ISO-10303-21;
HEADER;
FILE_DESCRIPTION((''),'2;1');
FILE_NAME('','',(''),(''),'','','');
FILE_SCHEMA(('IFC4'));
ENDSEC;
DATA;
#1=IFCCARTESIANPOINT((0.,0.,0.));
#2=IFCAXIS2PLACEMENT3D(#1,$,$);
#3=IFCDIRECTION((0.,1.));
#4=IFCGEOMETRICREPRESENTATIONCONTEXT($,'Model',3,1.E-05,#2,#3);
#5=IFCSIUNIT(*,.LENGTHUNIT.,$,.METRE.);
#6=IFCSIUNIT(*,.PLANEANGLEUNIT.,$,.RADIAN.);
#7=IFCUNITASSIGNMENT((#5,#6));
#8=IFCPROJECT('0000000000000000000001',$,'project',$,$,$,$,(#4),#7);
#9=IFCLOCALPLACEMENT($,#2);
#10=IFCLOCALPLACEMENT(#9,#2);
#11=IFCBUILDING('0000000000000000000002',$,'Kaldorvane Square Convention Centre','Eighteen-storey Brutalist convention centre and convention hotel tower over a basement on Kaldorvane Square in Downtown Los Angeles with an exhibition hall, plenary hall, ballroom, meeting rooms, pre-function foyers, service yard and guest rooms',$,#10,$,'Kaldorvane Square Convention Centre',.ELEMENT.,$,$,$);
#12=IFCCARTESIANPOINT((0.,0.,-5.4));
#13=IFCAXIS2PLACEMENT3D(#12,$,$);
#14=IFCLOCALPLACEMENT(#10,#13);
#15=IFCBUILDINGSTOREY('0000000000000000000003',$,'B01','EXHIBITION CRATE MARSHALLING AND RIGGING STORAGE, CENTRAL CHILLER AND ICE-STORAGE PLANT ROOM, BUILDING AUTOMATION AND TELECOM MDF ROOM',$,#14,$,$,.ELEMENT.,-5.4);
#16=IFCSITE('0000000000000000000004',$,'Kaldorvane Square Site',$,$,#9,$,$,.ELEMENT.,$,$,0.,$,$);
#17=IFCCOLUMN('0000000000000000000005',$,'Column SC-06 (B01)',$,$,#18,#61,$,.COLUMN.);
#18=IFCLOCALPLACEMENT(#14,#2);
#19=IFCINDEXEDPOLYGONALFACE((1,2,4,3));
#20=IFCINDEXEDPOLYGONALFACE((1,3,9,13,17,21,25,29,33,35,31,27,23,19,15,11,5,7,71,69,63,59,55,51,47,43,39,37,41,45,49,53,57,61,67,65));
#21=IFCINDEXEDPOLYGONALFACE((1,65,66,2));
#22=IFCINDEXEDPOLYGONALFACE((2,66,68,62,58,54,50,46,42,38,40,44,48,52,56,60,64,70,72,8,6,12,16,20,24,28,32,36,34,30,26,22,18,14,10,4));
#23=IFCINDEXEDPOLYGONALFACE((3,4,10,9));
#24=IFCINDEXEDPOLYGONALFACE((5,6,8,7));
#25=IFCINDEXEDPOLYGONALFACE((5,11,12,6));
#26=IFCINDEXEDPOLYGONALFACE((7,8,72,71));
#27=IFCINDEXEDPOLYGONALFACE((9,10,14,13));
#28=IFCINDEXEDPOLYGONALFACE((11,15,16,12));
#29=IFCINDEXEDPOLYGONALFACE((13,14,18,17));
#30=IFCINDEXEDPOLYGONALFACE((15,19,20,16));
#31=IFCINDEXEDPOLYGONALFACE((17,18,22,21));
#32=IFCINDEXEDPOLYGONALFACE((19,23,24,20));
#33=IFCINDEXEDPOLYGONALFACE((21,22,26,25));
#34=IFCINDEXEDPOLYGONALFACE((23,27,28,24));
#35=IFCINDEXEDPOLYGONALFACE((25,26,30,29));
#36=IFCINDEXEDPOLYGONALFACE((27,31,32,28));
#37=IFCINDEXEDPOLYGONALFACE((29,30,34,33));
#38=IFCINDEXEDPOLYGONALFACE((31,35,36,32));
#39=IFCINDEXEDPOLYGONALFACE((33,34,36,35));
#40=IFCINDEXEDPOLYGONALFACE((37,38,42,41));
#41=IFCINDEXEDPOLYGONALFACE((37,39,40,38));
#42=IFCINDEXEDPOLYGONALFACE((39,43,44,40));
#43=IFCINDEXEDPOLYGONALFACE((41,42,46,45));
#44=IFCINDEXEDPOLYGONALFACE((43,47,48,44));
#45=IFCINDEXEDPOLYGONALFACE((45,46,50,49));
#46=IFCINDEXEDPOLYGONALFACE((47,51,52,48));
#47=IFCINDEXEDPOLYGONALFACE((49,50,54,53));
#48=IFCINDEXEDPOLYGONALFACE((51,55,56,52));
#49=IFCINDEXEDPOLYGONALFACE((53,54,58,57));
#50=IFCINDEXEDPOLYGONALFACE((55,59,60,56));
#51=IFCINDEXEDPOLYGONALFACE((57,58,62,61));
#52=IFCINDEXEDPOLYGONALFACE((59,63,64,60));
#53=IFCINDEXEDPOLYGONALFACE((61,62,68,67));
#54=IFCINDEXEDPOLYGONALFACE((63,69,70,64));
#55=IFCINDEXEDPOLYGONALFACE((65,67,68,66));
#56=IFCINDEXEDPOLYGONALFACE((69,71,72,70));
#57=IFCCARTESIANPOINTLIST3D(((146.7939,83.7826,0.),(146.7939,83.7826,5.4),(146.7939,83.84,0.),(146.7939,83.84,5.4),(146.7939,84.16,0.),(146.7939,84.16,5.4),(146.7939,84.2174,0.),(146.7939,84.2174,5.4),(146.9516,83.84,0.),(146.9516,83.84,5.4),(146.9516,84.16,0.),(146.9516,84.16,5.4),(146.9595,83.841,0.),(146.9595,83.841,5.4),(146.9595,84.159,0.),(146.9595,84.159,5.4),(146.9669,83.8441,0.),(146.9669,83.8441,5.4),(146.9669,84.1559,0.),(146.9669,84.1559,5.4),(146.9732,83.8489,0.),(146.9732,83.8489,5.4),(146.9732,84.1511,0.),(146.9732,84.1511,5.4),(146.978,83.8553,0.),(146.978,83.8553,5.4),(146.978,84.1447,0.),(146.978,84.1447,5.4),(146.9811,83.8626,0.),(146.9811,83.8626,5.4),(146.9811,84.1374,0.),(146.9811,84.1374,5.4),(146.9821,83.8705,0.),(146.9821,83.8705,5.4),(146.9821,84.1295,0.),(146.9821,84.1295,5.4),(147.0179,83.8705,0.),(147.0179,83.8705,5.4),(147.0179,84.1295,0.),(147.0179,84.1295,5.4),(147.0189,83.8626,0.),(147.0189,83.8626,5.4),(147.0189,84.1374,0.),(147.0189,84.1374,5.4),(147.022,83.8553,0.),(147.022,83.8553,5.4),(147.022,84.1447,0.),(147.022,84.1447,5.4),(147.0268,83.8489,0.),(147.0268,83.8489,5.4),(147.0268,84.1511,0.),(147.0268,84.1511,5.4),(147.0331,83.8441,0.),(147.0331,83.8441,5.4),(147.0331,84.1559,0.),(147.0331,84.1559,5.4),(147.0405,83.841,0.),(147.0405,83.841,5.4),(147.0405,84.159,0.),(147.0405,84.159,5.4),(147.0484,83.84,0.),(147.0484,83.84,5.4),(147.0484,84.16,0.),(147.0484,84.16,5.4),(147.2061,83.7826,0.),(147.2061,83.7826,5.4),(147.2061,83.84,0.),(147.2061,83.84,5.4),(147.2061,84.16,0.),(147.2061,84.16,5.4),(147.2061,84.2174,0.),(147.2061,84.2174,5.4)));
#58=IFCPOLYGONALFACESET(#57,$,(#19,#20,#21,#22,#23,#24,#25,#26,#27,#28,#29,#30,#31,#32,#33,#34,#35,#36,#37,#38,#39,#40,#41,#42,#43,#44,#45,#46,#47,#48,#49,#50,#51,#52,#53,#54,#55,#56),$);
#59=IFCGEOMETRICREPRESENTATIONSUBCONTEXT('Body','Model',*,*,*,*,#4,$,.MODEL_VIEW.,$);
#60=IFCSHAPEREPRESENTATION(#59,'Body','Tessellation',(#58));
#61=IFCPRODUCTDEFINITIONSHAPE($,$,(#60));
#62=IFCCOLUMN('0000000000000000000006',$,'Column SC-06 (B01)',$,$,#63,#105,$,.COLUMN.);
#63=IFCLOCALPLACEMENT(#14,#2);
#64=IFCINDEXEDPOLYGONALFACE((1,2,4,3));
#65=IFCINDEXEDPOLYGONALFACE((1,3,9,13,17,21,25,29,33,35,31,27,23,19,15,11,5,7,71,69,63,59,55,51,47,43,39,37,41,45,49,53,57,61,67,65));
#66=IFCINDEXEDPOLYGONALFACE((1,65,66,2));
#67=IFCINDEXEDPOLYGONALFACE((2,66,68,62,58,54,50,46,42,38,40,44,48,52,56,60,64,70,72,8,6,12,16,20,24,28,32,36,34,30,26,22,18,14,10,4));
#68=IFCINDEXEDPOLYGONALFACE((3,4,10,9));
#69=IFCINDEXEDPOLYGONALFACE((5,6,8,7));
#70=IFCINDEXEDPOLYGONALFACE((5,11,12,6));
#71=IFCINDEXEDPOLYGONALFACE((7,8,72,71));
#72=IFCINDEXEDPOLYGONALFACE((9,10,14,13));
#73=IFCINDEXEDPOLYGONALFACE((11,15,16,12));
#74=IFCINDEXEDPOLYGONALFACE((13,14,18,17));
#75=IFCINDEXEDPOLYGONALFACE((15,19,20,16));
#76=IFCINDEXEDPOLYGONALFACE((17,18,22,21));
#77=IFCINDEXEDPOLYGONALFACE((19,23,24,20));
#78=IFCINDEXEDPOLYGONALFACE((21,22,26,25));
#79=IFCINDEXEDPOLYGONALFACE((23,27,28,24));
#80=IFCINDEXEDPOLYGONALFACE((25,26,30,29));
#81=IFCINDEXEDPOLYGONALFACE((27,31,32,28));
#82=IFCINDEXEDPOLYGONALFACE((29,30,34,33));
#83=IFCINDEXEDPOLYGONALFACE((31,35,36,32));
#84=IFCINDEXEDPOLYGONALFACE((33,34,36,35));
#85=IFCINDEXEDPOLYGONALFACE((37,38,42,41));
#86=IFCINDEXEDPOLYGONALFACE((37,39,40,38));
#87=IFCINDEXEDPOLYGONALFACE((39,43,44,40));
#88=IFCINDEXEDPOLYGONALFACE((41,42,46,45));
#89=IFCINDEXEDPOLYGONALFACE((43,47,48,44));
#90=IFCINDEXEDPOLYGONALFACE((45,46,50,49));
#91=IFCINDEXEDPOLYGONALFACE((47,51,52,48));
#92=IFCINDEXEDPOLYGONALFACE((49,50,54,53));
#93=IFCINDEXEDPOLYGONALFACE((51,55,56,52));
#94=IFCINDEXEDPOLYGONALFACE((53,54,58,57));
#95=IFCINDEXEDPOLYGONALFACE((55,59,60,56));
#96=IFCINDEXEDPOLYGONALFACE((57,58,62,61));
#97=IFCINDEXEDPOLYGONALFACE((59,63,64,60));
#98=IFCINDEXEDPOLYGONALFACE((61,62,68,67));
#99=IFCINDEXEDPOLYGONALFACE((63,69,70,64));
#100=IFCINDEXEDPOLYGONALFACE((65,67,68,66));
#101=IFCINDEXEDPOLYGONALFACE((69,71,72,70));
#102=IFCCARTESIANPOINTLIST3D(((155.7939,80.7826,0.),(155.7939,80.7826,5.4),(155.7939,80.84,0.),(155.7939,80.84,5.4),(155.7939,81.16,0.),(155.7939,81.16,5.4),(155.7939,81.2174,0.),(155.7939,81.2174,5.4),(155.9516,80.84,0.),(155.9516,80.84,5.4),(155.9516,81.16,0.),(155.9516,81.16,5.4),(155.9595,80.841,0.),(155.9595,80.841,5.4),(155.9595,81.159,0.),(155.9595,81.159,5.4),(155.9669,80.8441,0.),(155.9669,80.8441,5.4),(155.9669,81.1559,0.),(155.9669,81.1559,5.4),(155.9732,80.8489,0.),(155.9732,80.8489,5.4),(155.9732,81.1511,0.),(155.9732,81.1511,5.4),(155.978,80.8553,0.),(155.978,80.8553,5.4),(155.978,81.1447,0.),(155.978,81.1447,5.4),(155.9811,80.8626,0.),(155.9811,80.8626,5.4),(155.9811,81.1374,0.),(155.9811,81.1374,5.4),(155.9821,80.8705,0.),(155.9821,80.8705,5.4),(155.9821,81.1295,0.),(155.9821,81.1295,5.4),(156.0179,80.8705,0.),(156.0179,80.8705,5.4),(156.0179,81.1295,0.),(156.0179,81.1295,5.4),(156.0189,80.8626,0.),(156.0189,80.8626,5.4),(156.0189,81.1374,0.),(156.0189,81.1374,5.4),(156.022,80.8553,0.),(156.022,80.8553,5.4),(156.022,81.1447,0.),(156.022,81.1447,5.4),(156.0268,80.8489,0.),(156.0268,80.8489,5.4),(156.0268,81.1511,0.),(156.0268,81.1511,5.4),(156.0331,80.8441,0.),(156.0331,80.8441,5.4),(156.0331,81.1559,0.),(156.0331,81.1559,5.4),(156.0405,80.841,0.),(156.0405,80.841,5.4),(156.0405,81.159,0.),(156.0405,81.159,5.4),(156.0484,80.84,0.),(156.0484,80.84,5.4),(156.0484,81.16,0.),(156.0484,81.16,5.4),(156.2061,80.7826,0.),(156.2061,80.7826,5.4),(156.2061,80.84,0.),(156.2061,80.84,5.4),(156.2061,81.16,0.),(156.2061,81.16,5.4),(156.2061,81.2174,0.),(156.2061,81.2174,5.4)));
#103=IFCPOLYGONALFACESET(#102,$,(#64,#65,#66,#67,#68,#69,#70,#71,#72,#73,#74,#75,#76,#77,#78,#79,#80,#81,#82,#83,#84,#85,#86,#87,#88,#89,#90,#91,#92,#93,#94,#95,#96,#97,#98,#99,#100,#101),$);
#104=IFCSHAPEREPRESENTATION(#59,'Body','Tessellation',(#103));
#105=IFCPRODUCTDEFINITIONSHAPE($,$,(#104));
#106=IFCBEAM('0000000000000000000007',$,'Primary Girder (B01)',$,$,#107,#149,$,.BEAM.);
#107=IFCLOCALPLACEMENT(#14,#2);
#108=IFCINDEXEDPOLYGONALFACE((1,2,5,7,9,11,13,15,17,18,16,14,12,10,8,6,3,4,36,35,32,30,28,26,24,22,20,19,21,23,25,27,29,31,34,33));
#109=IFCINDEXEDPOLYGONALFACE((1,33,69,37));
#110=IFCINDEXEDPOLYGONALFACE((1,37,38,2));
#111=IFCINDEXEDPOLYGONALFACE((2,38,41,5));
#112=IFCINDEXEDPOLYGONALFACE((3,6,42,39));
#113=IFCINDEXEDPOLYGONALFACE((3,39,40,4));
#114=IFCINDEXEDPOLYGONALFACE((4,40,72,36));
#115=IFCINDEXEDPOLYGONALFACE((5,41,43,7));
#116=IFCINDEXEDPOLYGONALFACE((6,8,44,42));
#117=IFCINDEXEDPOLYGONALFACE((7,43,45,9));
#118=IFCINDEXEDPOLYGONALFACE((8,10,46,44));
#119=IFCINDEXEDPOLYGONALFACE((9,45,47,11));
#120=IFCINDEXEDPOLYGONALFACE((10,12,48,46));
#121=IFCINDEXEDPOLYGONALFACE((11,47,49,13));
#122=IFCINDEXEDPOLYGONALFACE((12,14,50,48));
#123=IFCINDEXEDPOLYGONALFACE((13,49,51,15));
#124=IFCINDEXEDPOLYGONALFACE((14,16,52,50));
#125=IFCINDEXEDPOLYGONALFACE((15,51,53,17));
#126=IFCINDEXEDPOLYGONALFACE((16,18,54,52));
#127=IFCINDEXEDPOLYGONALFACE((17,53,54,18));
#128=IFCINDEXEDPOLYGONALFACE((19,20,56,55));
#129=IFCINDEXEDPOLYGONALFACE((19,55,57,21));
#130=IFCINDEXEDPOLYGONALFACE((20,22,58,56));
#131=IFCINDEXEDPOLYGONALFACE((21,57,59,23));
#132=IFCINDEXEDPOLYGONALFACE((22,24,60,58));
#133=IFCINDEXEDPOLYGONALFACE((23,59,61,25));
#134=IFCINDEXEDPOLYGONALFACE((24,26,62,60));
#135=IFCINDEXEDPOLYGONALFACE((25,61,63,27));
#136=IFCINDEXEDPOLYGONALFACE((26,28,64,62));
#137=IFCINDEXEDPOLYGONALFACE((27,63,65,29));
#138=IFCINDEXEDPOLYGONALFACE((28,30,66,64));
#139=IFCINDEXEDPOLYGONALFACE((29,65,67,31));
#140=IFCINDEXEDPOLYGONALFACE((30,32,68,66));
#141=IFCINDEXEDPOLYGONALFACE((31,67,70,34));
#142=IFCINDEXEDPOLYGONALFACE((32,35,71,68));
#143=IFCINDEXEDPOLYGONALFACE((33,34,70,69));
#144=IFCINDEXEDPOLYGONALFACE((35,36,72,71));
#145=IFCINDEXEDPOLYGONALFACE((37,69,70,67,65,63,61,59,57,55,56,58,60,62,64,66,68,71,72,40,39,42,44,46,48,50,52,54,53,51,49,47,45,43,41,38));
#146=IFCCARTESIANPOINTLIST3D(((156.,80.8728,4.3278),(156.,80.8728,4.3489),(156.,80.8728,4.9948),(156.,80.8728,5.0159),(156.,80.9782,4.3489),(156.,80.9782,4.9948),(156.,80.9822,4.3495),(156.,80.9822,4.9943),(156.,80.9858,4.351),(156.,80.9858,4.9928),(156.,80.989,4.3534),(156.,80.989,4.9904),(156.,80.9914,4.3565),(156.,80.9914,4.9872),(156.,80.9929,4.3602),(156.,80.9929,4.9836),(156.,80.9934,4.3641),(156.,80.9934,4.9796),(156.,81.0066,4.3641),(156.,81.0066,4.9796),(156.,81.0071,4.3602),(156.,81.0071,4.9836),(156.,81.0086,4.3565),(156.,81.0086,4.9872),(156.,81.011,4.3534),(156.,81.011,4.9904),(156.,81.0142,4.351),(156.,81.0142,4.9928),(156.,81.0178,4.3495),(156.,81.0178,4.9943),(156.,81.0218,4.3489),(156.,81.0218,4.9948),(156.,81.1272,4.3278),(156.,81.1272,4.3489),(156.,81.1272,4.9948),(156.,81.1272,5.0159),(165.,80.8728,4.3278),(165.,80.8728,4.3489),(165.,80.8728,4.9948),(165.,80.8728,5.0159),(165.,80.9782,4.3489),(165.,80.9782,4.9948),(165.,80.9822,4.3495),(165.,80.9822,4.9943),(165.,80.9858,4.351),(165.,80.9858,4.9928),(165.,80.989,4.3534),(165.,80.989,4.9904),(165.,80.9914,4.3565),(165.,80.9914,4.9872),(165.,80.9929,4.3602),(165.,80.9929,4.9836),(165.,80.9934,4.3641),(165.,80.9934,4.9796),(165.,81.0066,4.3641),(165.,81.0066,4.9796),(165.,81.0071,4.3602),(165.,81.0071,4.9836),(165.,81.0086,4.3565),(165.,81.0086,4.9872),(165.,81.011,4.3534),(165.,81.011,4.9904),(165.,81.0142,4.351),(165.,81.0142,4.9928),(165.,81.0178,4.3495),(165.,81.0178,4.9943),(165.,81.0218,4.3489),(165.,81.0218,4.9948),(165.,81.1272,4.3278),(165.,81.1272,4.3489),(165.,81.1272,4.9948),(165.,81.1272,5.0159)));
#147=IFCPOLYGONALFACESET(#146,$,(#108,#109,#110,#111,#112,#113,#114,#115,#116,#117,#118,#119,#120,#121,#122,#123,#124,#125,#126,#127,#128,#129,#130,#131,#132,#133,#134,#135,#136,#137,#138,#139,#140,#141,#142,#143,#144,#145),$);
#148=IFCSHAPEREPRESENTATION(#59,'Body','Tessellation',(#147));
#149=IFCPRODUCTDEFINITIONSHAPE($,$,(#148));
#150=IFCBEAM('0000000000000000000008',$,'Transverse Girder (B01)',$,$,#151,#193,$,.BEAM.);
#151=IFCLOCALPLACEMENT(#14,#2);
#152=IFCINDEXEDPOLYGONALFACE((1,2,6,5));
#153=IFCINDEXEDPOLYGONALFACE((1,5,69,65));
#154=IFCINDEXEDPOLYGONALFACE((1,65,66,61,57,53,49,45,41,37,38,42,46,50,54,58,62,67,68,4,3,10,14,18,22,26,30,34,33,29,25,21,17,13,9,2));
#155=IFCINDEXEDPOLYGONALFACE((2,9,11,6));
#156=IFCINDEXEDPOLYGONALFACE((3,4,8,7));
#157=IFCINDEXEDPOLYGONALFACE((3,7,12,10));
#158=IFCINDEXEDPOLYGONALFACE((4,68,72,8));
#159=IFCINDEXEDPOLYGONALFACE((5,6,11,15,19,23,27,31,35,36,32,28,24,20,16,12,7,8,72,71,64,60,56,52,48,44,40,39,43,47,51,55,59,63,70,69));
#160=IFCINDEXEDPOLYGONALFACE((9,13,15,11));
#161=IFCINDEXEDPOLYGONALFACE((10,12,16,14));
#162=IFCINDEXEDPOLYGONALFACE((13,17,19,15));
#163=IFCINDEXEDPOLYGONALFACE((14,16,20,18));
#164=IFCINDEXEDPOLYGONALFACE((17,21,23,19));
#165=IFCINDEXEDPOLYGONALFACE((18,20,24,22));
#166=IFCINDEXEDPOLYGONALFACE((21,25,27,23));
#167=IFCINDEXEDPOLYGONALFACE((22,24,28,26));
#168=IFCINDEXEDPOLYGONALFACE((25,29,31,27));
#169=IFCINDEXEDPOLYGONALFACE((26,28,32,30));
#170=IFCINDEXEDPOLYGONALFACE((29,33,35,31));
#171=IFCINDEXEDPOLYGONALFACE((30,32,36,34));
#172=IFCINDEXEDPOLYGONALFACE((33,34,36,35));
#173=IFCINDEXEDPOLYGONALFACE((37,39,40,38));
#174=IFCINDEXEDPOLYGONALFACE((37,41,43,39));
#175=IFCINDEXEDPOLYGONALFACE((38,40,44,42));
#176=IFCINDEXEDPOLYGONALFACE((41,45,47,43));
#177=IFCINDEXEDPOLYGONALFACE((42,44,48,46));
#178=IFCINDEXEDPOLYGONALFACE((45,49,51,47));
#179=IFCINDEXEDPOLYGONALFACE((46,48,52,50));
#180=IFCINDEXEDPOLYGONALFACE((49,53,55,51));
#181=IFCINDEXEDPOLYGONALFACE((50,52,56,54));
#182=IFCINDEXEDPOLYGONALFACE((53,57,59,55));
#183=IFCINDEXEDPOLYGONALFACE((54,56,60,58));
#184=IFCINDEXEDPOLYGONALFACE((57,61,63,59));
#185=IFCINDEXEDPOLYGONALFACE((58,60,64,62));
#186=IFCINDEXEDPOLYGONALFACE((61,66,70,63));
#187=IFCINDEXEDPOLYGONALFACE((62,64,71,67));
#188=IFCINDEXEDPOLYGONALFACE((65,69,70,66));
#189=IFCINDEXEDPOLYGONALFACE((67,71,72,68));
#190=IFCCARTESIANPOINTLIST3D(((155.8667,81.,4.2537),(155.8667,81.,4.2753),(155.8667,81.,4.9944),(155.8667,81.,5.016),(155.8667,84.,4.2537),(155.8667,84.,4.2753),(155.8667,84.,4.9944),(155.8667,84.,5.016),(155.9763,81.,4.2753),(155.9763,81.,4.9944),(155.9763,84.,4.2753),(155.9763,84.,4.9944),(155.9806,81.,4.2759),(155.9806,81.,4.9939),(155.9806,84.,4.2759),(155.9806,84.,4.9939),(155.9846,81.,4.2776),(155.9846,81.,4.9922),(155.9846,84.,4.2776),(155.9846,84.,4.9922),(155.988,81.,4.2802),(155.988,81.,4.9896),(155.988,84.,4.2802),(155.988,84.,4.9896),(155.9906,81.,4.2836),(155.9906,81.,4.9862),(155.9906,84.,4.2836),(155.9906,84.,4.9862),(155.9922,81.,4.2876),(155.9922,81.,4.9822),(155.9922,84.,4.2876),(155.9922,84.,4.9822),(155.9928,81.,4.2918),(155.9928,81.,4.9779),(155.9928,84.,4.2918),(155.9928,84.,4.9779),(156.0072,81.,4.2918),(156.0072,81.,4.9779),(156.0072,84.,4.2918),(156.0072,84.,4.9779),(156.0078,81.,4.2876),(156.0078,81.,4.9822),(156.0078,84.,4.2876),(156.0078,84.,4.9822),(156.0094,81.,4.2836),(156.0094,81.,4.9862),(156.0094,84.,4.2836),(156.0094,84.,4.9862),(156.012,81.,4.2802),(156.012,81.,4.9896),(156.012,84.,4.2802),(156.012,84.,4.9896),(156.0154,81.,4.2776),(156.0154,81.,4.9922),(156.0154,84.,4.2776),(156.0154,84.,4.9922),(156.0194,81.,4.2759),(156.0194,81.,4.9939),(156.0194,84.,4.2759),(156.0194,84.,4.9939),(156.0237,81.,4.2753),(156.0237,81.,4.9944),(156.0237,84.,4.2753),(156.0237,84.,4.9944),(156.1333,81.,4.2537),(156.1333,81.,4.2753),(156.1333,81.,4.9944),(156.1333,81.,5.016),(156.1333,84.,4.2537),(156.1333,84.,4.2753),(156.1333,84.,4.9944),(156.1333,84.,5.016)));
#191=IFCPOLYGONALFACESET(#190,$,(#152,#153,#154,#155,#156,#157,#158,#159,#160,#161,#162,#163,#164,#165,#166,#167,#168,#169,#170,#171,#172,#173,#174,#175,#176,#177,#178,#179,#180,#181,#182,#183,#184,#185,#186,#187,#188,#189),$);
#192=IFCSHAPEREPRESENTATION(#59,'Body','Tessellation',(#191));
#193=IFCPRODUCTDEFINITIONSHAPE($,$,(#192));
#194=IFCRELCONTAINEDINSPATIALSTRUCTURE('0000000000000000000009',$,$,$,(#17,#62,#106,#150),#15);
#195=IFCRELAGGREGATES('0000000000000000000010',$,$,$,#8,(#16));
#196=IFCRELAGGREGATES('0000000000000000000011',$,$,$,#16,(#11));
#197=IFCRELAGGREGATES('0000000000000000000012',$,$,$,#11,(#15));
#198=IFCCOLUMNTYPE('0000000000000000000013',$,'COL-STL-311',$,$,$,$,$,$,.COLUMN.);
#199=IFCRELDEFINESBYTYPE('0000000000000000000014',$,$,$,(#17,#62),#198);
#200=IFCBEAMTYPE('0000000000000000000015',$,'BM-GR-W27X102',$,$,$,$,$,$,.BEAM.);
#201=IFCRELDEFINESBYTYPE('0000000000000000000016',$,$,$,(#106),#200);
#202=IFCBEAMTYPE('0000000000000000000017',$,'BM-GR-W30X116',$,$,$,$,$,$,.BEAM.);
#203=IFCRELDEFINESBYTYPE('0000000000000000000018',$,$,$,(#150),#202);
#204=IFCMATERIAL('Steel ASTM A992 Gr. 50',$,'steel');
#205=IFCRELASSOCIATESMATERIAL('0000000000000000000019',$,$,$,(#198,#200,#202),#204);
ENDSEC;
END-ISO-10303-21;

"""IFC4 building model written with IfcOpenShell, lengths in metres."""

from ifc_helpers import new_model, si_unit, direction, frame, origin, origin_2d, place, context, subcontext, project, spatial, i_section, extrude, material, material_profile, profile_set, type_object, element, save


model = new_model("IFC4")

# Units and contexts
model_context = context("Model", 3, precision=1e-05, world=origin(), true_north=direction((0.0, 1.0)))
body_context = subcontext(model_context, "Body", "Model", "MODEL_VIEW")
ifc_project = project(units=[si_unit("LENGTHUNIT", "METRE"), si_unit("PLANEANGLEUNIT", "RADIAN")], contexts=[model_context])

# Site, building, storey
site_placement = place(None, origin())
site = spatial("IfcSite", under=ifc_project, at=site_placement, Name="Kaldorvane Square Site", CompositionType="ELEMENT", RefElevation=0.0)
building_placement = place(site_placement, origin())
building = spatial("IfcBuilding", under=site, at=building_placement, Name="Kaldorvane Square Convention Centre", Description="Eighteen-storey Brutalist convention centre and convention hotel tower over a basement on Kaldorvane Square in Downtown Los Angeles with an exhibition hall, plenary hall, ballroom, meeting rooms, pre-function foyers, service yard and guest rooms", LongName="Kaldorvane Square Convention Centre", CompositionType="ELEMENT")
storey_placement = place(building_placement, frame((0.0, 0.0, -5.4)))
storey = spatial("IfcBuildingStorey", under=building, at=storey_placement, Name="B01", Description="EXHIBITION CRATE MARSHALLING AND RIGGING STORAGE, CENTRAL CHILLER AND ICE-STORAGE PLANT ROOM, BUILDING AUTOMATION AND TELECOM MDF ROOM", CompositionType="ELEMENT", Elevation=-5.4)

# Columns
ifc_material_1 = material(Name="Steel ASTM A992 Gr. 50", Category="steel")
ifc_material_profile_1 = material_profile(ifc_material_1, i_section(OverallWidth=0.4122, OverallDepth=0.4348, WebThickness=0.0358, FlangeThickness=0.0574, FilletRadius=0.0305, at=origin_2d()), Name="W14X311")
ifc_profile_set_1 = profile_set([ifc_material_profile_1], Name="Steel ASTM A992 Gr. 50")
column_type = type_object("IfcColumnType", Name="COL-STL-311", PredefinedType="COLUMN", material=ifc_profile_set_1)
for number, where, z_axis, x_axis, name in (
    (1, (147.0, 84.0, 0.0), (0.0, 0.0, 1.0), (1.0, 0.0, 0.0), "Column SC-06 (B01)"),
    (2, (156.0, 81.0, 0.0), (0.0, 0.0, 1.0), (1.0, 0.0, 0.0), "Column SC-06 (B01)"),
):
    element("IfcColumn", number, at=place(storey_placement, frame(where, z_axis=z_axis, x_axis=x_axis)), inside=storey, type_object=column_type, Name=name, PredefinedType="COLUMN", context=body_context, shape_type="SweptSolid", body=[
        extrude(i_section(OverallWidth=0.4122, OverallDepth=0.4348, WebThickness=0.0358, FlangeThickness=0.0574, FilletRadius=0.0305, at=origin_2d()), origin(), (0.0, 0.0, 1.0), 5.4),
    ])

# Beams
ifc_material_profile_2 = material_profile(ifc_material_1, i_section(OverallWidth=0.2544, OverallDepth=0.6881, WebThickness=0.0131, FlangeThickness=0.0211, FilletRadius=0.0152, at=origin_2d()), Name="W27X102")
ifc_profile_set_2 = profile_set([ifc_material_profile_2], Name="Steel ASTM A992 Gr. 50")
beam_type_1 = type_object("IfcBeamType", Name="BM-GR-W27X102", PredefinedType="BEAM", material=ifc_profile_set_2)
beam_1_placement = place(storey_placement, frame((156.0, 81.0, 4.6719), z_axis=(1.0, 0.0, 0.0), x_axis=(0.0, 1.0, 0.0)))
element("IfcBeam", 3, at=beam_1_placement, inside=storey, type_object=beam_type_1, Name="Primary Girder (B01)", PredefinedType="BEAM", context=body_context, shape_type="SweptSolid", body=[
    extrude(i_section(OverallWidth=0.2544, OverallDepth=0.6881, WebThickness=0.0131, FlangeThickness=0.0211, FilletRadius=0.0152, at=origin_2d()), origin(), (0.0, 0.0, 1.0), 9.0),
])
ifc_material_profile_3 = material_profile(ifc_material_1, i_section(OverallWidth=0.2666, OverallDepth=0.7623, WebThickness=0.0144, FlangeThickness=0.0216, FilletRadius=0.0165, at=origin_2d()), Name="W30X116")
ifc_profile_set_3 = profile_set([ifc_material_profile_3], Name="Steel ASTM A992 Gr. 50")
beam_type_2 = type_object("IfcBeamType", Name="BM-GR-W30X116", PredefinedType="BEAM", material=ifc_profile_set_3)
beam_2_placement = place(storey_placement, frame((156.0, 81.0, 4.6349), z_axis=(0.0, 1.0, 0.0), x_axis=(-1.0, 0.0, 0.0)))
element("IfcBeam", 4, at=beam_2_placement, inside=storey, type_object=beam_type_2, Name="Transverse Girder (B01)", PredefinedType="BEAM", context=body_context, shape_type="SweptSolid", body=[
    extrude(i_section(OverallWidth=0.2666, OverallDepth=0.7623, WebThickness=0.0144, FlangeThickness=0.0216, FilletRadius=0.0165, at=origin_2d()), origin(), (0.0, 0.0, 1.0), 3.0),
])

save(model, "model.ifc")
